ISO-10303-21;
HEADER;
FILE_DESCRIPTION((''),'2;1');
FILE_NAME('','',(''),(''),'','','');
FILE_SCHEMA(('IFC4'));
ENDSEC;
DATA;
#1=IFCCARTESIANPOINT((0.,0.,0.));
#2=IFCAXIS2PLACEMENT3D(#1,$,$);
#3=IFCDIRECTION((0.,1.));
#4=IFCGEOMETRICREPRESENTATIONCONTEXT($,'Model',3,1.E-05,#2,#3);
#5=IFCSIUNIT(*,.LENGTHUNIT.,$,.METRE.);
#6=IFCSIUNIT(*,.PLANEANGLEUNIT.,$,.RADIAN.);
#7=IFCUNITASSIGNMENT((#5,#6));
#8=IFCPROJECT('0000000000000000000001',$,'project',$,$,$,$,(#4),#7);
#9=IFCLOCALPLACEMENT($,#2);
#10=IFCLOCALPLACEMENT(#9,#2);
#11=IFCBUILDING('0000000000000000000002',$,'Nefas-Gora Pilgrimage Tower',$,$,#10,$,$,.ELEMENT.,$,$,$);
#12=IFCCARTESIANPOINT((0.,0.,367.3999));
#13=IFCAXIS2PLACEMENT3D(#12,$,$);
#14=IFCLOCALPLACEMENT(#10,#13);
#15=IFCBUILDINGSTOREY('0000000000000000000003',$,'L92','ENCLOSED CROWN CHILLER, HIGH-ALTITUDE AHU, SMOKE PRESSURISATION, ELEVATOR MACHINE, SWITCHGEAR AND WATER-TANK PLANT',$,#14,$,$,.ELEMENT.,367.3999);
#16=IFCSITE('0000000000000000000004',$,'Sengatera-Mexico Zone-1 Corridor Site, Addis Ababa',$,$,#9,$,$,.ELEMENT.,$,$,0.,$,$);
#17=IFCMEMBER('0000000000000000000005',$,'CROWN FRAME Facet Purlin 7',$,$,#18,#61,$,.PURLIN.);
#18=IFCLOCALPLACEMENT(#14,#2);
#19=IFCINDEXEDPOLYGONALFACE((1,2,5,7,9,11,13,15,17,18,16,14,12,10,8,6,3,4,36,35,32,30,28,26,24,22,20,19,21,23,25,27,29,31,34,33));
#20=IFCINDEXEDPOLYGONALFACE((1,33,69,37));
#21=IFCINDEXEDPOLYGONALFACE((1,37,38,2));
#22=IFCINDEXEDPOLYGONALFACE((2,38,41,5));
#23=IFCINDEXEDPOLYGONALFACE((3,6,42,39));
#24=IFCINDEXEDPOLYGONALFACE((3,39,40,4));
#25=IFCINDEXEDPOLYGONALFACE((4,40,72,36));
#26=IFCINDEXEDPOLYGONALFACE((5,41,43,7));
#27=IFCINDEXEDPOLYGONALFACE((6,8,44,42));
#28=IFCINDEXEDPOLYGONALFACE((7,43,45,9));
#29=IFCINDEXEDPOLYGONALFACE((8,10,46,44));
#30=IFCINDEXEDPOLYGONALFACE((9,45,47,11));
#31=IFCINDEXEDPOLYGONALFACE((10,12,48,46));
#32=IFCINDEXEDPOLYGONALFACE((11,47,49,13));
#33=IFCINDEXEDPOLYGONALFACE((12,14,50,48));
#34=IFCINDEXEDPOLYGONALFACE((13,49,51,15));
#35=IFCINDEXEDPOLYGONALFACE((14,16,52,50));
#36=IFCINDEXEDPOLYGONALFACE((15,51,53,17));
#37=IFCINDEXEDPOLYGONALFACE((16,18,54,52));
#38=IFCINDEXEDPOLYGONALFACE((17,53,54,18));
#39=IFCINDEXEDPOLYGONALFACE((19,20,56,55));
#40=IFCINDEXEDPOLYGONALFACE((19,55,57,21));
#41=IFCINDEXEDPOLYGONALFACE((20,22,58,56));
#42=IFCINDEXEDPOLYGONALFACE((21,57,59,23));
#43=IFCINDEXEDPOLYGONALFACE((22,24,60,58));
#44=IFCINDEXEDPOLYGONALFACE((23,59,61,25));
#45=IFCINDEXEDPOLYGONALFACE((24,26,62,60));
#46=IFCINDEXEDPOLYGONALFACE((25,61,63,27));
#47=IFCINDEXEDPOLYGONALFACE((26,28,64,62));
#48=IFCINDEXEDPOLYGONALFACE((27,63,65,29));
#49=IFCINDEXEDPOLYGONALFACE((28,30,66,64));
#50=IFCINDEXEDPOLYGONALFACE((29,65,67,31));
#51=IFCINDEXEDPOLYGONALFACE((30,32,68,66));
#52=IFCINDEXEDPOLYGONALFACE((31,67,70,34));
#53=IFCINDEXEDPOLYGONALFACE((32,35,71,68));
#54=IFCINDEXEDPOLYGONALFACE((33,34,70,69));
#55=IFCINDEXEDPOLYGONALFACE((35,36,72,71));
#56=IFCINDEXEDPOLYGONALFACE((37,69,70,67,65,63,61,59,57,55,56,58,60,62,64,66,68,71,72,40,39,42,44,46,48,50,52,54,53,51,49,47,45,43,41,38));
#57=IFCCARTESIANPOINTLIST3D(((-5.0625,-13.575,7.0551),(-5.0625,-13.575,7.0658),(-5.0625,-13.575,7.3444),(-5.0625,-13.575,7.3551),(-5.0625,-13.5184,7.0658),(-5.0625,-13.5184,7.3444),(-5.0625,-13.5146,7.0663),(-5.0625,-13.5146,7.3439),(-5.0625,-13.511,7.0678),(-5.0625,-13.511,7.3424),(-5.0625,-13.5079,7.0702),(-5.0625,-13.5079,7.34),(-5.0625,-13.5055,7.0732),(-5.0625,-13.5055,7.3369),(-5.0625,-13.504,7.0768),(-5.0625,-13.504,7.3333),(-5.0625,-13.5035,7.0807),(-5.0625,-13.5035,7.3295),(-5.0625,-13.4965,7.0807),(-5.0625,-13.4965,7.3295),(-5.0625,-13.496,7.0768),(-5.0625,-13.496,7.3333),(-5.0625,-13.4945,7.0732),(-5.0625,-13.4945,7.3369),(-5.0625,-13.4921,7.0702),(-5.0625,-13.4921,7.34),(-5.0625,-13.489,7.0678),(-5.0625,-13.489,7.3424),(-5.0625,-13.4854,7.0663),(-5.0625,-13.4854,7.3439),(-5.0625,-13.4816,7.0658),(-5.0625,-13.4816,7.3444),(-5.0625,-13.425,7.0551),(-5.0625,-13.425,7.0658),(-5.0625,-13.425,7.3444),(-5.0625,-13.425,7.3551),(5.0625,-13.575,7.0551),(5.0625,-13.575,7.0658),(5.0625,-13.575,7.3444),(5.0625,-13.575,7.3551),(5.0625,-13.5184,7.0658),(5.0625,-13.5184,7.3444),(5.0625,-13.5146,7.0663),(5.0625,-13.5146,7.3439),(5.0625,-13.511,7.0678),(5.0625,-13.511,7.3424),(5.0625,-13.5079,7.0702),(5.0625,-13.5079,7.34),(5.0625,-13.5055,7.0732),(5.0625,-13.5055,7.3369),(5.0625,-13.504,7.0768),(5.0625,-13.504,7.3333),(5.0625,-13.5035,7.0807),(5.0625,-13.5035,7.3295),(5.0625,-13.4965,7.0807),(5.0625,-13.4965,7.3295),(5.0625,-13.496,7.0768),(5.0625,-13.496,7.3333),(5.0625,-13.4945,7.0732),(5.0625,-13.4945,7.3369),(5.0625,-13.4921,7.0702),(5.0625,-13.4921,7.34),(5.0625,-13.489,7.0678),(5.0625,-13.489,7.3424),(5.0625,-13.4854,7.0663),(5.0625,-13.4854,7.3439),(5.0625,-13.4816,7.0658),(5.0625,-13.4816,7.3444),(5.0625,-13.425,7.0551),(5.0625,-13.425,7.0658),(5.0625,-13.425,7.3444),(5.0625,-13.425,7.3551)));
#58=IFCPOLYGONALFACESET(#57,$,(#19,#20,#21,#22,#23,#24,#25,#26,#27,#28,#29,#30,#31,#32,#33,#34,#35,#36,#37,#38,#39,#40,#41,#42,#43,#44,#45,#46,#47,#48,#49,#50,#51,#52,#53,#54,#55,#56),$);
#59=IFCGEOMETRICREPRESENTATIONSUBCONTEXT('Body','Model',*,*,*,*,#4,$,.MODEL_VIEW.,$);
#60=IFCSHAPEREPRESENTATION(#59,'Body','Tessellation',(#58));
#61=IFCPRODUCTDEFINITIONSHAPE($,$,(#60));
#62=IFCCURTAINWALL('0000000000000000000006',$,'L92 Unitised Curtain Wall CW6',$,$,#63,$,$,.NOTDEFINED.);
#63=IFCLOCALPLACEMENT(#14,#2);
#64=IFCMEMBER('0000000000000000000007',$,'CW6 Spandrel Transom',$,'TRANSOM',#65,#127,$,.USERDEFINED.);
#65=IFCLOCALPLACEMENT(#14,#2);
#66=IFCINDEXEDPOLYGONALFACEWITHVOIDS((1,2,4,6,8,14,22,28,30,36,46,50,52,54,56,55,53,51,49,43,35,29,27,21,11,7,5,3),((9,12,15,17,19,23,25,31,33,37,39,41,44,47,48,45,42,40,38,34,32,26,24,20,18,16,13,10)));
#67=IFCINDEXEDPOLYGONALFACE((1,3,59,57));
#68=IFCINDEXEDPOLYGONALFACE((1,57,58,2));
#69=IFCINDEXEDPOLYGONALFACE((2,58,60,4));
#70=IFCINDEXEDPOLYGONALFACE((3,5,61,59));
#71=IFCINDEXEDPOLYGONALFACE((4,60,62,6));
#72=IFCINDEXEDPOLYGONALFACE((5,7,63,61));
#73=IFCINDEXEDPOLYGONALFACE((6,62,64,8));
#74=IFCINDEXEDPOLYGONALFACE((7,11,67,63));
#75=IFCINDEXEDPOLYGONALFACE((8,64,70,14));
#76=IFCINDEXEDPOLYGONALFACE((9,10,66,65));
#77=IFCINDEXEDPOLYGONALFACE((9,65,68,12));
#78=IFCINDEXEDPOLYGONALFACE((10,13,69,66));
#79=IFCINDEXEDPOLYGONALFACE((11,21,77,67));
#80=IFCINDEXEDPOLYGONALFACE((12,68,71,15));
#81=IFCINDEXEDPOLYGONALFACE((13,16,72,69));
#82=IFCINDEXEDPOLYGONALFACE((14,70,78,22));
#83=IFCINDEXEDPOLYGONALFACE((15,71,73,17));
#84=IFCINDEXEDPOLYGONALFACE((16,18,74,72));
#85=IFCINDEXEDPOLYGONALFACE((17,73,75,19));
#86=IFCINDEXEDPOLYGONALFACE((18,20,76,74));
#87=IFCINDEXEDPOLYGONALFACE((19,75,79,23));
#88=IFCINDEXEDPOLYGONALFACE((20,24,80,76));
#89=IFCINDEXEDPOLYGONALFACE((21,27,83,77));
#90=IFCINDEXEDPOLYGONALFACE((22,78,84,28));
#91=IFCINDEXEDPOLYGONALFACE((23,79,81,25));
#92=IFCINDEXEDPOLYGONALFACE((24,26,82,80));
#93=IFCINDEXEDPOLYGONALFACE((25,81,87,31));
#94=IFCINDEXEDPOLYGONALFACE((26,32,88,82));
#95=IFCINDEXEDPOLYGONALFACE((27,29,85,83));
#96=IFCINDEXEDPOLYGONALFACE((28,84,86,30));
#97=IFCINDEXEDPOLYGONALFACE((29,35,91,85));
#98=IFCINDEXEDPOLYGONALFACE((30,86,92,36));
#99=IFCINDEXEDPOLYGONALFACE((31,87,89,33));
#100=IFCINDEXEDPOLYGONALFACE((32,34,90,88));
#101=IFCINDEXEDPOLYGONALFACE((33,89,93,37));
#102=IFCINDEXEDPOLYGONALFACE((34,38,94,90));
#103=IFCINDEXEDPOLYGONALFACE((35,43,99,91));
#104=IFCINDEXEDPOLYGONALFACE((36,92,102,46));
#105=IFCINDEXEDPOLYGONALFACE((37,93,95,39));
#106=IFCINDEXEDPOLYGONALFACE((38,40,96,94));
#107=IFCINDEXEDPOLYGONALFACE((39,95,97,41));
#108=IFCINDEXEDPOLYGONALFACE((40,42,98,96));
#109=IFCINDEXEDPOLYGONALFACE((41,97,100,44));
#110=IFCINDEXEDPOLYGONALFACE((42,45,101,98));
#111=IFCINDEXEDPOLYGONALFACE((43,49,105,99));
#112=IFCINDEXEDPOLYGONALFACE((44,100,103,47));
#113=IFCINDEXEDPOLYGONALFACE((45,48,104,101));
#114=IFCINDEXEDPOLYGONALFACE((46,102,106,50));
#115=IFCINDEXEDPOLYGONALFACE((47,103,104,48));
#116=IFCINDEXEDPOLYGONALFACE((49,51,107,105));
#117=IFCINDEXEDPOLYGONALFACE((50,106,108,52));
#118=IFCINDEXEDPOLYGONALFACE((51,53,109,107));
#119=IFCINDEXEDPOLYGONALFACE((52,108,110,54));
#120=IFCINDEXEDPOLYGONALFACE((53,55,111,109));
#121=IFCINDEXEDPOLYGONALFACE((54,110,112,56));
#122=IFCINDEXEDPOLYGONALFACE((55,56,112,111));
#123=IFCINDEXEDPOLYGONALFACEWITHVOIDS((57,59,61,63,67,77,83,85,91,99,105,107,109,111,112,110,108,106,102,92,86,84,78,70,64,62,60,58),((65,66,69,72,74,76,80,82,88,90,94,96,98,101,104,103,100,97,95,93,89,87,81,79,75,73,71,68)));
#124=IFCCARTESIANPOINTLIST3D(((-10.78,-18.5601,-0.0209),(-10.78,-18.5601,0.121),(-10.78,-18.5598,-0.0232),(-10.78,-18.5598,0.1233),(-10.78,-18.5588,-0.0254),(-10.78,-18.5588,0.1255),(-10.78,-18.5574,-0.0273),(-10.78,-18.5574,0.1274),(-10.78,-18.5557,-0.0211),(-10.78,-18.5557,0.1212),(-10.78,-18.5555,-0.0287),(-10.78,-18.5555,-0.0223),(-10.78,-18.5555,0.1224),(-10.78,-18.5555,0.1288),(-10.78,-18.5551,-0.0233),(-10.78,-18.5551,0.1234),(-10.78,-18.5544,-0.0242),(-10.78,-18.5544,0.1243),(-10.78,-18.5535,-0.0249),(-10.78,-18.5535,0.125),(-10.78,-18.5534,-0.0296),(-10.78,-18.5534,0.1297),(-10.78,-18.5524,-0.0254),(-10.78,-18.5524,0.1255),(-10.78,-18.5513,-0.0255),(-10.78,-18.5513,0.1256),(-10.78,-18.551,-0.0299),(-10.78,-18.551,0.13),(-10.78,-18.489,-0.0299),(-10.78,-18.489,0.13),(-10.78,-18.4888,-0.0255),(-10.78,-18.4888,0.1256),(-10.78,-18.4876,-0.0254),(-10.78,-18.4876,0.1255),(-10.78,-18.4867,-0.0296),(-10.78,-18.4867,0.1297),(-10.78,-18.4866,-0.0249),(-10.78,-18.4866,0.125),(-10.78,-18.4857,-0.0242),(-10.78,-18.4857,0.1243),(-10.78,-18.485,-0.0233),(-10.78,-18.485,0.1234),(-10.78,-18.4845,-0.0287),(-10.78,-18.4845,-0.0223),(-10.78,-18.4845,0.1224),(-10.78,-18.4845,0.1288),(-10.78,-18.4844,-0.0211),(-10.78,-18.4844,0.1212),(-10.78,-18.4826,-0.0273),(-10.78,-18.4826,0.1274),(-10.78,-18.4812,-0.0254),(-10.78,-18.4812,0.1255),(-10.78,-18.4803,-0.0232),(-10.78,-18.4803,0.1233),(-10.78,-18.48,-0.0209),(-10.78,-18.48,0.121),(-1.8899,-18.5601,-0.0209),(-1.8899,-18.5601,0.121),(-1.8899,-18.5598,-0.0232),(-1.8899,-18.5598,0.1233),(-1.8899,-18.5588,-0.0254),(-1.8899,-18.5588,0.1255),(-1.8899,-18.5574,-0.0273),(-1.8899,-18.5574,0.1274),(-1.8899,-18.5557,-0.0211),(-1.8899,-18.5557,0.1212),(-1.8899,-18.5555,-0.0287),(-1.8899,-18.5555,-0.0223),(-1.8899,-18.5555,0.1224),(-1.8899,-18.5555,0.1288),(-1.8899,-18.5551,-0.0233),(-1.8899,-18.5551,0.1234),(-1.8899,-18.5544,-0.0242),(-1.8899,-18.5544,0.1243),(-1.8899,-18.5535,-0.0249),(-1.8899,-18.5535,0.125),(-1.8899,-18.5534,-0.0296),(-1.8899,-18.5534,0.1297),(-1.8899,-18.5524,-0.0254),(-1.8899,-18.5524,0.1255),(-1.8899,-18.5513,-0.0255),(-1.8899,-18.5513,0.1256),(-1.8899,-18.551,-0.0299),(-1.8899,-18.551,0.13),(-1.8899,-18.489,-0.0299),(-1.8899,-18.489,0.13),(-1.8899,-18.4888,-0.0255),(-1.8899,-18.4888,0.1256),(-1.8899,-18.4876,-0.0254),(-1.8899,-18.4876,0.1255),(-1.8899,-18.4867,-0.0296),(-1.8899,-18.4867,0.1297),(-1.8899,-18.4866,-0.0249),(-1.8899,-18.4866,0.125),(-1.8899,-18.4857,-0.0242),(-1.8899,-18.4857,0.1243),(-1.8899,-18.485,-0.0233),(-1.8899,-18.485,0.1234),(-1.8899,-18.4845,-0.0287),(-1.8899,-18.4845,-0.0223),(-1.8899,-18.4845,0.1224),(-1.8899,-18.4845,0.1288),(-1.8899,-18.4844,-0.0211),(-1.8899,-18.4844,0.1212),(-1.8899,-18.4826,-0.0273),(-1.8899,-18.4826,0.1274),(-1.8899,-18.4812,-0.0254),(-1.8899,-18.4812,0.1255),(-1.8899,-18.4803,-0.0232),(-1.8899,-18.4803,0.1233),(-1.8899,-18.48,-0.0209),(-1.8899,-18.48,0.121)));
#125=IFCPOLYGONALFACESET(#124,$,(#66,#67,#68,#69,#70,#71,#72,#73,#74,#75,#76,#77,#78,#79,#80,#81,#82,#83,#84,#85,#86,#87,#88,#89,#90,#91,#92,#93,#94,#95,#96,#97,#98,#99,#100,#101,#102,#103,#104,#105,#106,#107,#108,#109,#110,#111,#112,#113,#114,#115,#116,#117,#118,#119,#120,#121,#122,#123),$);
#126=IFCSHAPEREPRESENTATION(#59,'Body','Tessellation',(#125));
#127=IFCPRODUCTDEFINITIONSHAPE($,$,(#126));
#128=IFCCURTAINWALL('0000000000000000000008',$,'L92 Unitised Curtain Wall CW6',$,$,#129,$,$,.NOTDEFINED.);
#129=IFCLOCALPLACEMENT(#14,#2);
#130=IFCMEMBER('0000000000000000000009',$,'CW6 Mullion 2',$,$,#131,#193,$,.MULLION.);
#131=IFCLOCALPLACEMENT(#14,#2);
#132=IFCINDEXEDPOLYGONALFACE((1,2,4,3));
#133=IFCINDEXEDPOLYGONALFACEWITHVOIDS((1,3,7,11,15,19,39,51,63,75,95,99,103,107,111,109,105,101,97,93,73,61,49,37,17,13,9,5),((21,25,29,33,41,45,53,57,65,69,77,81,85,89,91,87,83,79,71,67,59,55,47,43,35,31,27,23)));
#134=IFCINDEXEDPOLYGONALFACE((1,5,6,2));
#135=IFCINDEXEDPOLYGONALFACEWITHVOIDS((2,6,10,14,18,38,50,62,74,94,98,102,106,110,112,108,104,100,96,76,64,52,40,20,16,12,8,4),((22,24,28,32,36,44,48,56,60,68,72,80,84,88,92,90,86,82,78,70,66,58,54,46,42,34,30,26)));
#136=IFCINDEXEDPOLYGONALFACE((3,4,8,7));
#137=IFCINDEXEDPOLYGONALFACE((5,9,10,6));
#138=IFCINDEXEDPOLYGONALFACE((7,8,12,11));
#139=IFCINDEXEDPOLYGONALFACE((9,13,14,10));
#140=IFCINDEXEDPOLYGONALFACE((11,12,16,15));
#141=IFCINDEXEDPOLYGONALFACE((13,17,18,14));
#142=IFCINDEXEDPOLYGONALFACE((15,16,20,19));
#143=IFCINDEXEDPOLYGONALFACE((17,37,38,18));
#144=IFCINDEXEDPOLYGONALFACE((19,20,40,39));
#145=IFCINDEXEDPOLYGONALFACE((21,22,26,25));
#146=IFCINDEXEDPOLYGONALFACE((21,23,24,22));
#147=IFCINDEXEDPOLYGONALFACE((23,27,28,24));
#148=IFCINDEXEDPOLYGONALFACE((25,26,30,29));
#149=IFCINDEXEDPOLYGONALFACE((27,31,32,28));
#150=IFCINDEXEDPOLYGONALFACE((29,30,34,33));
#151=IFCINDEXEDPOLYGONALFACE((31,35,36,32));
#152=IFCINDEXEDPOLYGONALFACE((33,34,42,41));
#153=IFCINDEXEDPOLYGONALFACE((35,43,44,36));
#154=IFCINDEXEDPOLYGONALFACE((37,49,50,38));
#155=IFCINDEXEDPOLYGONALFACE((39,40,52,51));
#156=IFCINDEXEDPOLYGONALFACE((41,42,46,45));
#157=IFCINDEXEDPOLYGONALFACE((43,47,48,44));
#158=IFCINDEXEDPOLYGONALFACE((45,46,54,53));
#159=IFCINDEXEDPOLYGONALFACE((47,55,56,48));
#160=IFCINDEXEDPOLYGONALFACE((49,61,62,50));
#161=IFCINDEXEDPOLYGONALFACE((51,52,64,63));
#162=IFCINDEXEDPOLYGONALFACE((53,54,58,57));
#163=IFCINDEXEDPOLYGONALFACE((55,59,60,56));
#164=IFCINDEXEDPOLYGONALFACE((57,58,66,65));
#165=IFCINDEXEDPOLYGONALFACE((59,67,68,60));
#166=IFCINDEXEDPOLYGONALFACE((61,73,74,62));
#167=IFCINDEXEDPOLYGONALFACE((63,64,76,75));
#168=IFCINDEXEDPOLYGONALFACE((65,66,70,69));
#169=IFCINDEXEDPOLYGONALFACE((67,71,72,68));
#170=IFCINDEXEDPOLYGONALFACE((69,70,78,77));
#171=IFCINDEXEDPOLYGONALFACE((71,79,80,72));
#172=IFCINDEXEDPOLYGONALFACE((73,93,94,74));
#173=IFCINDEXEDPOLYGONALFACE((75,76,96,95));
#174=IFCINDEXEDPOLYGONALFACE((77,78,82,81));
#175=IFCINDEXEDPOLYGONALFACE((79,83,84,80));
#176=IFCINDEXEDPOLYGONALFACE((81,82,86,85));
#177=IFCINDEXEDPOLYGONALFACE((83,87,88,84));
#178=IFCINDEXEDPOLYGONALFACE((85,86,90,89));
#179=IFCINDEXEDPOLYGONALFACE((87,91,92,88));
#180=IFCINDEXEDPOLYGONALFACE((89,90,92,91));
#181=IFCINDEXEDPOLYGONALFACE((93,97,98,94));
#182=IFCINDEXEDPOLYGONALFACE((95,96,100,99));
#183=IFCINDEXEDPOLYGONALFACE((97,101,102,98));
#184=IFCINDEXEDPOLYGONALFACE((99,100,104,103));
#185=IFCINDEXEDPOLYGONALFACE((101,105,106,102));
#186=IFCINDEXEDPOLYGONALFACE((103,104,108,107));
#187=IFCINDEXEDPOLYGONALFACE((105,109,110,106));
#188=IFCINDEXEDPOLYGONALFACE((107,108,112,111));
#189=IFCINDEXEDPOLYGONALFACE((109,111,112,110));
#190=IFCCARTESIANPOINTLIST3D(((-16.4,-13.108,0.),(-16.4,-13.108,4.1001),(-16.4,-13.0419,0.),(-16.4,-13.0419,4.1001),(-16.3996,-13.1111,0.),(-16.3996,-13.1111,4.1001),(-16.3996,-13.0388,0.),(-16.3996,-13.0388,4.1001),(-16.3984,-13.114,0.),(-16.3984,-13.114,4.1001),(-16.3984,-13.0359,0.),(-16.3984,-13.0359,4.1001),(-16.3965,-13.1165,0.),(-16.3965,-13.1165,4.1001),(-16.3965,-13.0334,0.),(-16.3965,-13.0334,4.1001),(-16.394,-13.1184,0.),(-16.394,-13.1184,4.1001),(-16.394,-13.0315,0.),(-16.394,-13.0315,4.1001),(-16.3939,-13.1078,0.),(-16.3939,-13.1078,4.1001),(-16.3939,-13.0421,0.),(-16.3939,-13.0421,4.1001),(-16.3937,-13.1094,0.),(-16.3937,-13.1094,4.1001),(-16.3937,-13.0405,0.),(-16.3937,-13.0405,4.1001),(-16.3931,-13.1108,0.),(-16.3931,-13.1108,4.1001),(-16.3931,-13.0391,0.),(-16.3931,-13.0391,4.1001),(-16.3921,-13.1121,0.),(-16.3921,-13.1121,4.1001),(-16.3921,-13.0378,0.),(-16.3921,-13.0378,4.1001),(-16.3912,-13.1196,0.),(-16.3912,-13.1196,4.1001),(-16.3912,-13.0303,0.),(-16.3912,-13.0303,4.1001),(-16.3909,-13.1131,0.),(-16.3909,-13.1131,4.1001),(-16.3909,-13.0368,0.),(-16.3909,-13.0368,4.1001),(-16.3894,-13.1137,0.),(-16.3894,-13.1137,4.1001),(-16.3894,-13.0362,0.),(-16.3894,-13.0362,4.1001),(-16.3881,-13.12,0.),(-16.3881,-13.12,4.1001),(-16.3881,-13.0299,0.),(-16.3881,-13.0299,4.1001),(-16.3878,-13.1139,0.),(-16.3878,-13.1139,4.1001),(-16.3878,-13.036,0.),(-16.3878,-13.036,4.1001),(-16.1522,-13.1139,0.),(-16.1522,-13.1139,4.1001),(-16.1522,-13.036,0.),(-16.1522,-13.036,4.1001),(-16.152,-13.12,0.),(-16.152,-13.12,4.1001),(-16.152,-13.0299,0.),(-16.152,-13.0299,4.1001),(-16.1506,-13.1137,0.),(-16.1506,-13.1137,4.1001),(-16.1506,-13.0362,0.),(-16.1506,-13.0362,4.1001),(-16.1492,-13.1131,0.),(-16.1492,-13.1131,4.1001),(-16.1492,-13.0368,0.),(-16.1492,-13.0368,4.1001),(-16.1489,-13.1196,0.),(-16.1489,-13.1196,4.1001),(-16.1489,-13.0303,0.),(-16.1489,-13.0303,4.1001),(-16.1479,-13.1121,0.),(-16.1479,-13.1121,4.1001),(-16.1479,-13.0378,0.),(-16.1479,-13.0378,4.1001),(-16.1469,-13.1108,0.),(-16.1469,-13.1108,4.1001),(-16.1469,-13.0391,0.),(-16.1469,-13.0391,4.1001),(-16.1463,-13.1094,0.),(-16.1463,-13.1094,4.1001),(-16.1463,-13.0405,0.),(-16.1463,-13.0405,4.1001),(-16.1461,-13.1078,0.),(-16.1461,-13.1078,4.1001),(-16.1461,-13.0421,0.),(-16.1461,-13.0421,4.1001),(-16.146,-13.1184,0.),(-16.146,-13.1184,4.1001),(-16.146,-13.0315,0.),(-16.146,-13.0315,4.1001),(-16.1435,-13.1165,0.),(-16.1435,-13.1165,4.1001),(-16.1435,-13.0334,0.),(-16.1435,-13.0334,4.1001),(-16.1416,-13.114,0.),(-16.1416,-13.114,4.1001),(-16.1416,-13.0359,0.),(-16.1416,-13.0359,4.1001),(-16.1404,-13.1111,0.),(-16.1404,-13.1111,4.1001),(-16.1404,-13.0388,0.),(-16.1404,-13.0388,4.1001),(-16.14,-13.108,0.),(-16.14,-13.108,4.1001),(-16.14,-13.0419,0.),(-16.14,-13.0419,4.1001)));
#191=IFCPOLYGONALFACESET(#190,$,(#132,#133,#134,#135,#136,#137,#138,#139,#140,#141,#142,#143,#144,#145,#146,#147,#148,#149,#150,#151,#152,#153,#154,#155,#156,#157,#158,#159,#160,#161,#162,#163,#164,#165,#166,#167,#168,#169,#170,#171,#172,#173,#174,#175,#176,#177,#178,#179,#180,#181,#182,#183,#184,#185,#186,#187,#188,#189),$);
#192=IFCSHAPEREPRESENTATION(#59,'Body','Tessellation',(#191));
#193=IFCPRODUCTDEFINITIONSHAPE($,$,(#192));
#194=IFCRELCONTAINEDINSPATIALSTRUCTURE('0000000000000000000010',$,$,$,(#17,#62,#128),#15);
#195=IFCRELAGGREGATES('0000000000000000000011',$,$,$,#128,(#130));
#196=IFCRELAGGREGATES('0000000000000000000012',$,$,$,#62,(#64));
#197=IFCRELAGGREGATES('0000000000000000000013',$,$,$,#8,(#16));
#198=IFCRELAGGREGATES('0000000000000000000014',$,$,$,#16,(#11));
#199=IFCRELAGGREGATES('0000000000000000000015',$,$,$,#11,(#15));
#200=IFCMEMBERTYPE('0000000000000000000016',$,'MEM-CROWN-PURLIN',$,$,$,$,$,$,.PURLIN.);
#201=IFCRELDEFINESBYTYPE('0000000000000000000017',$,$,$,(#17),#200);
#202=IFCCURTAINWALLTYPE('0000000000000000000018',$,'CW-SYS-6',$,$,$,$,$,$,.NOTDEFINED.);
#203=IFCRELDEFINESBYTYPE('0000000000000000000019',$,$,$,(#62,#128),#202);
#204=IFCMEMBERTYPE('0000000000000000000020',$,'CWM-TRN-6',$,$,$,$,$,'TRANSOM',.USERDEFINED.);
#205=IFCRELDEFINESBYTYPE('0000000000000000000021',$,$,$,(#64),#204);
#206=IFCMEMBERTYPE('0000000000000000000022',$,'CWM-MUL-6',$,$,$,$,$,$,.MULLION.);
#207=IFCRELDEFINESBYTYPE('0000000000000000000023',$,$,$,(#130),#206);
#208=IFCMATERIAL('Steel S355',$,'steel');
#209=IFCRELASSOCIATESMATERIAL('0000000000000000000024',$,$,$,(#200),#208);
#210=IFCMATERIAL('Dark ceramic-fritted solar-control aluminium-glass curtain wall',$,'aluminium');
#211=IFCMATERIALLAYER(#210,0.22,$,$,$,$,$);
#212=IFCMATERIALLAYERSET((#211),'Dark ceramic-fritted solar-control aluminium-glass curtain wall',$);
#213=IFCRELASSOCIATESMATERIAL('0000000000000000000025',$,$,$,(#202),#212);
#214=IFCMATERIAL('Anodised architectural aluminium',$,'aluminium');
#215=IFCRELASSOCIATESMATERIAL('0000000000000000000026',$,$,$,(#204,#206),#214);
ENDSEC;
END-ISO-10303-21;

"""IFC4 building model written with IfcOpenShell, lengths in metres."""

from ifc_helpers import new_model, si_unit, direction, frame, origin, origin_2d, place, context, subcontext, project, spatial, hollow_rectangle, i_section, extrude, source, transform, mapped, material, layer, layer_set, material_profile, profile_set, type_object, element, aggregate, save


model = new_model("IFC4")

# Units and contexts
model_context = context("Model", 3, precision=1e-05, world=origin(), true_north=direction((0.0, 1.0)))
body_context = subcontext(model_context, "Body", "Model", "MODEL_VIEW")
ifc_project = project(units=[si_unit("LENGTHUNIT", "METRE"), si_unit("PLANEANGLEUNIT", "RADIAN")], contexts=[model_context])

# Site, building, storey
site_placement = place(None, origin())
site = spatial("IfcSite", under=ifc_project, at=site_placement, Name="Sengatera-Mexico Zone-1 Corridor Site, Addis Ababa", CompositionType="ELEMENT", RefElevation=0.0)
building_placement = place(site_placement, origin())
building = spatial("IfcBuilding", under=site, at=building_placement, Name="Nefas-Gora Pilgrimage Tower", CompositionType="ELEMENT")
storey_placement = place(building_placement, frame((0.0, 0.0, 367.3999)))
storey = spatial("IfcBuildingStorey", under=building, at=storey_placement, Name="L92", Description="ENCLOSED CROWN CHILLER, HIGH-ALTITUDE AHU, SMOKE PRESSURISATION, ELEVATOR MACHINE, SWITCHGEAR AND WATER-TANK PLANT", CompositionType="ELEMENT", Elevation=367.3999)

# Shared definitions
ifc_material_1 = material(Name="Steel S355", Category="steel")

# Member
ifc_material_profile_1 = material_profile(ifc_material_1, i_section(OverallWidth=0.1499, OverallDepth=0.3, WebThickness=0.0071, FlangeThickness=0.0107, FilletRadius=0.0149, at=origin_2d()), Name="IPE 300")
ifc_profile_set_1 = profile_set([ifc_material_profile_1], Name="Steel S355")
member_type_1 = type_object("IfcMemberType", Name="MEM-CROWN-PURLIN", PredefinedType="PURLIN", material=ifc_profile_set_1)
shared_shape_1 = source(origin(), body_context, "Body", "SweptSolid", [
    extrude(i_section(OverallWidth=0.1499, OverallDepth=0.3, WebThickness=0.0071, FlangeThickness=0.0107, FilletRadius=0.0149, at=origin_2d()), origin(), (0.0, 0.0, 1.0), 10.125),
])
member_1_placement = place(storey_placement, frame((-5.0625, -13.5, 7.2051), z_axis=(1.0, 0.0, 0.0), x_axis=(0.0, 1.0, 0.0)))
element("IfcMember", 1, at=member_1_placement, inside=storey, type_object=member_type_1, Name="CROWN FRAME Facet Purlin 7", PredefinedType="PURLIN", context=body_context, shape_type="MappedRepresentation", body=[
    mapped(shared_shape_1, transform((0.0, 0.0, 0.0), x_axis=(1.0, 0.0, 0.0), y_axis=(0.0, 1.0, 0.0), z_axis=(0.0, 0.0, 1.0), scale=1.0)),
])

# Curtain walls, members
ifc_material_2 = material(Name="Dark ceramic-fritted solar-control aluminium-glass curtain wall", Category="aluminium")
ifc_layer_1 = layer(ifc_material_2, 0.22)
ifc_layer_set_1 = layer_set([ifc_layer_1], Name="Dark ceramic-fritted solar-control aluminium-glass curtain wall")
curtain_wall_type = type_object("IfcCurtainWallType", Name="CW-SYS-6", PredefinedType="NOTDEFINED", material=ifc_layer_set_1)
curtain_wall_1_placement = place(storey_placement, origin())
curtain_wall_1 = element("IfcCurtainWall", 2, at=curtain_wall_1_placement, inside=storey, type_object=curtain_wall_type, Name="L92 Unitised Curtain Wall CW6", PredefinedType="NOTDEFINED")
ifc_material_3 = material(Name="Anodised architectural aluminium", Category="aluminium")
ifc_material_profile_2 = material_profile(ifc_material_3, hollow_rectangle(XDim=0.0801, YDim=0.1599, WallThickness=0.0044, InnerFilletRadius=0.0044, OuterFilletRadius=0.009, at=origin_2d()), Name="ALU TRANSOM 80x160")
ifc_profile_set_2 = profile_set([ifc_material_profile_2], Name="Anodised architectural aluminium")
member_type_2 = type_object("IfcMemberType", Name="CWM-TRN-6", ElementType="TRANSOM", PredefinedType="USERDEFINED", material=ifc_profile_set_2)
shared_shape_2 = source(origin(), body_context, "Body", "SweptSolid", [
    extrude(hollow_rectangle(XDim=0.0801, YDim=0.1599, WallThickness=0.0044, InnerFilletRadius=0.0044, OuterFilletRadius=0.009, at=origin_2d()), origin(), (0.0, 0.0, 1.0), 8.8901),
])
member_2_placement = place(storey_placement, frame((-10.78, -18.52, 0.05), z_axis=(1.0, 0.0, 0.0), x_axis=(0.0, 1.0, 0.0)))
member_2 = element("IfcMember", 3, at=member_2_placement, type_object=member_type_2, Name="CW6 Spandrel Transom", ObjectType="TRANSOM", PredefinedType="USERDEFINED", context=body_context, shape_type="MappedRepresentation", body=[
    mapped(shared_shape_2, transform((0.0, 0.0, 0.0), x_axis=(1.0, 0.0, 0.0), y_axis=(0.0, 1.0, 0.0), z_axis=(0.0, 0.0, 1.0), scale=1.0)),
])
curtain_wall_2_placement = place(storey_placement, origin())
curtain_wall_2 = element("IfcCurtainWall", 4, at=curtain_wall_2_placement, inside=storey, type_object=curtain_wall_type, Name="L92 Unitised Curtain Wall CW6", PredefinedType="NOTDEFINED")
ifc_material_profile_3 = material_profile(ifc_material_3, hollow_rectangle(XDim=0.0901, YDim=0.26, WallThickness=0.0061, InnerFilletRadius=0.0061, OuterFilletRadius=0.012, at=origin_2d()), Name="ALU MULLION 90x260")
ifc_profile_set_3 = profile_set([ifc_material_profile_3], Name="Anodised architectural aluminium")
member_type_3 = type_object("IfcMemberType", Name="CWM-MUL-6", PredefinedType="MULLION", material=ifc_profile_set_3)
shared_shape_3 = source(origin(), body_context, "Body", "SweptSolid", [
    extrude(hollow_rectangle(XDim=0.0901, YDim=0.26, WallThickness=0.0061, InnerFilletRadius=0.0061, OuterFilletRadius=0.012, at=origin_2d()), origin(), (0.0, 0.0, 1.0), 4.1001),
])
member_3_placement = place(storey_placement, frame((-16.27, -13.075, 0.0), z_axis=(0.0, 0.0, 1.0), x_axis=(0.0, -1.0, 0.0)))
member_3 = element("IfcMember", 5, at=member_3_placement, type_object=member_type_3, Name="CW6 Mullion 2", PredefinedType="MULLION", context=body_context, shape_type="MappedRepresentation", body=[
    mapped(shared_shape_3, transform((0.0, 0.0, 0.0), x_axis=(1.0, 0.0, 0.0), y_axis=(0.0, 1.0, 0.0), z_axis=(0.0, 0.0, 1.0), scale=1.0)),
])
aggregate(curtain_wall_2, [member_3])

aggregate(curtain_wall_1, [member_2])

save(model, "model.ifc")
